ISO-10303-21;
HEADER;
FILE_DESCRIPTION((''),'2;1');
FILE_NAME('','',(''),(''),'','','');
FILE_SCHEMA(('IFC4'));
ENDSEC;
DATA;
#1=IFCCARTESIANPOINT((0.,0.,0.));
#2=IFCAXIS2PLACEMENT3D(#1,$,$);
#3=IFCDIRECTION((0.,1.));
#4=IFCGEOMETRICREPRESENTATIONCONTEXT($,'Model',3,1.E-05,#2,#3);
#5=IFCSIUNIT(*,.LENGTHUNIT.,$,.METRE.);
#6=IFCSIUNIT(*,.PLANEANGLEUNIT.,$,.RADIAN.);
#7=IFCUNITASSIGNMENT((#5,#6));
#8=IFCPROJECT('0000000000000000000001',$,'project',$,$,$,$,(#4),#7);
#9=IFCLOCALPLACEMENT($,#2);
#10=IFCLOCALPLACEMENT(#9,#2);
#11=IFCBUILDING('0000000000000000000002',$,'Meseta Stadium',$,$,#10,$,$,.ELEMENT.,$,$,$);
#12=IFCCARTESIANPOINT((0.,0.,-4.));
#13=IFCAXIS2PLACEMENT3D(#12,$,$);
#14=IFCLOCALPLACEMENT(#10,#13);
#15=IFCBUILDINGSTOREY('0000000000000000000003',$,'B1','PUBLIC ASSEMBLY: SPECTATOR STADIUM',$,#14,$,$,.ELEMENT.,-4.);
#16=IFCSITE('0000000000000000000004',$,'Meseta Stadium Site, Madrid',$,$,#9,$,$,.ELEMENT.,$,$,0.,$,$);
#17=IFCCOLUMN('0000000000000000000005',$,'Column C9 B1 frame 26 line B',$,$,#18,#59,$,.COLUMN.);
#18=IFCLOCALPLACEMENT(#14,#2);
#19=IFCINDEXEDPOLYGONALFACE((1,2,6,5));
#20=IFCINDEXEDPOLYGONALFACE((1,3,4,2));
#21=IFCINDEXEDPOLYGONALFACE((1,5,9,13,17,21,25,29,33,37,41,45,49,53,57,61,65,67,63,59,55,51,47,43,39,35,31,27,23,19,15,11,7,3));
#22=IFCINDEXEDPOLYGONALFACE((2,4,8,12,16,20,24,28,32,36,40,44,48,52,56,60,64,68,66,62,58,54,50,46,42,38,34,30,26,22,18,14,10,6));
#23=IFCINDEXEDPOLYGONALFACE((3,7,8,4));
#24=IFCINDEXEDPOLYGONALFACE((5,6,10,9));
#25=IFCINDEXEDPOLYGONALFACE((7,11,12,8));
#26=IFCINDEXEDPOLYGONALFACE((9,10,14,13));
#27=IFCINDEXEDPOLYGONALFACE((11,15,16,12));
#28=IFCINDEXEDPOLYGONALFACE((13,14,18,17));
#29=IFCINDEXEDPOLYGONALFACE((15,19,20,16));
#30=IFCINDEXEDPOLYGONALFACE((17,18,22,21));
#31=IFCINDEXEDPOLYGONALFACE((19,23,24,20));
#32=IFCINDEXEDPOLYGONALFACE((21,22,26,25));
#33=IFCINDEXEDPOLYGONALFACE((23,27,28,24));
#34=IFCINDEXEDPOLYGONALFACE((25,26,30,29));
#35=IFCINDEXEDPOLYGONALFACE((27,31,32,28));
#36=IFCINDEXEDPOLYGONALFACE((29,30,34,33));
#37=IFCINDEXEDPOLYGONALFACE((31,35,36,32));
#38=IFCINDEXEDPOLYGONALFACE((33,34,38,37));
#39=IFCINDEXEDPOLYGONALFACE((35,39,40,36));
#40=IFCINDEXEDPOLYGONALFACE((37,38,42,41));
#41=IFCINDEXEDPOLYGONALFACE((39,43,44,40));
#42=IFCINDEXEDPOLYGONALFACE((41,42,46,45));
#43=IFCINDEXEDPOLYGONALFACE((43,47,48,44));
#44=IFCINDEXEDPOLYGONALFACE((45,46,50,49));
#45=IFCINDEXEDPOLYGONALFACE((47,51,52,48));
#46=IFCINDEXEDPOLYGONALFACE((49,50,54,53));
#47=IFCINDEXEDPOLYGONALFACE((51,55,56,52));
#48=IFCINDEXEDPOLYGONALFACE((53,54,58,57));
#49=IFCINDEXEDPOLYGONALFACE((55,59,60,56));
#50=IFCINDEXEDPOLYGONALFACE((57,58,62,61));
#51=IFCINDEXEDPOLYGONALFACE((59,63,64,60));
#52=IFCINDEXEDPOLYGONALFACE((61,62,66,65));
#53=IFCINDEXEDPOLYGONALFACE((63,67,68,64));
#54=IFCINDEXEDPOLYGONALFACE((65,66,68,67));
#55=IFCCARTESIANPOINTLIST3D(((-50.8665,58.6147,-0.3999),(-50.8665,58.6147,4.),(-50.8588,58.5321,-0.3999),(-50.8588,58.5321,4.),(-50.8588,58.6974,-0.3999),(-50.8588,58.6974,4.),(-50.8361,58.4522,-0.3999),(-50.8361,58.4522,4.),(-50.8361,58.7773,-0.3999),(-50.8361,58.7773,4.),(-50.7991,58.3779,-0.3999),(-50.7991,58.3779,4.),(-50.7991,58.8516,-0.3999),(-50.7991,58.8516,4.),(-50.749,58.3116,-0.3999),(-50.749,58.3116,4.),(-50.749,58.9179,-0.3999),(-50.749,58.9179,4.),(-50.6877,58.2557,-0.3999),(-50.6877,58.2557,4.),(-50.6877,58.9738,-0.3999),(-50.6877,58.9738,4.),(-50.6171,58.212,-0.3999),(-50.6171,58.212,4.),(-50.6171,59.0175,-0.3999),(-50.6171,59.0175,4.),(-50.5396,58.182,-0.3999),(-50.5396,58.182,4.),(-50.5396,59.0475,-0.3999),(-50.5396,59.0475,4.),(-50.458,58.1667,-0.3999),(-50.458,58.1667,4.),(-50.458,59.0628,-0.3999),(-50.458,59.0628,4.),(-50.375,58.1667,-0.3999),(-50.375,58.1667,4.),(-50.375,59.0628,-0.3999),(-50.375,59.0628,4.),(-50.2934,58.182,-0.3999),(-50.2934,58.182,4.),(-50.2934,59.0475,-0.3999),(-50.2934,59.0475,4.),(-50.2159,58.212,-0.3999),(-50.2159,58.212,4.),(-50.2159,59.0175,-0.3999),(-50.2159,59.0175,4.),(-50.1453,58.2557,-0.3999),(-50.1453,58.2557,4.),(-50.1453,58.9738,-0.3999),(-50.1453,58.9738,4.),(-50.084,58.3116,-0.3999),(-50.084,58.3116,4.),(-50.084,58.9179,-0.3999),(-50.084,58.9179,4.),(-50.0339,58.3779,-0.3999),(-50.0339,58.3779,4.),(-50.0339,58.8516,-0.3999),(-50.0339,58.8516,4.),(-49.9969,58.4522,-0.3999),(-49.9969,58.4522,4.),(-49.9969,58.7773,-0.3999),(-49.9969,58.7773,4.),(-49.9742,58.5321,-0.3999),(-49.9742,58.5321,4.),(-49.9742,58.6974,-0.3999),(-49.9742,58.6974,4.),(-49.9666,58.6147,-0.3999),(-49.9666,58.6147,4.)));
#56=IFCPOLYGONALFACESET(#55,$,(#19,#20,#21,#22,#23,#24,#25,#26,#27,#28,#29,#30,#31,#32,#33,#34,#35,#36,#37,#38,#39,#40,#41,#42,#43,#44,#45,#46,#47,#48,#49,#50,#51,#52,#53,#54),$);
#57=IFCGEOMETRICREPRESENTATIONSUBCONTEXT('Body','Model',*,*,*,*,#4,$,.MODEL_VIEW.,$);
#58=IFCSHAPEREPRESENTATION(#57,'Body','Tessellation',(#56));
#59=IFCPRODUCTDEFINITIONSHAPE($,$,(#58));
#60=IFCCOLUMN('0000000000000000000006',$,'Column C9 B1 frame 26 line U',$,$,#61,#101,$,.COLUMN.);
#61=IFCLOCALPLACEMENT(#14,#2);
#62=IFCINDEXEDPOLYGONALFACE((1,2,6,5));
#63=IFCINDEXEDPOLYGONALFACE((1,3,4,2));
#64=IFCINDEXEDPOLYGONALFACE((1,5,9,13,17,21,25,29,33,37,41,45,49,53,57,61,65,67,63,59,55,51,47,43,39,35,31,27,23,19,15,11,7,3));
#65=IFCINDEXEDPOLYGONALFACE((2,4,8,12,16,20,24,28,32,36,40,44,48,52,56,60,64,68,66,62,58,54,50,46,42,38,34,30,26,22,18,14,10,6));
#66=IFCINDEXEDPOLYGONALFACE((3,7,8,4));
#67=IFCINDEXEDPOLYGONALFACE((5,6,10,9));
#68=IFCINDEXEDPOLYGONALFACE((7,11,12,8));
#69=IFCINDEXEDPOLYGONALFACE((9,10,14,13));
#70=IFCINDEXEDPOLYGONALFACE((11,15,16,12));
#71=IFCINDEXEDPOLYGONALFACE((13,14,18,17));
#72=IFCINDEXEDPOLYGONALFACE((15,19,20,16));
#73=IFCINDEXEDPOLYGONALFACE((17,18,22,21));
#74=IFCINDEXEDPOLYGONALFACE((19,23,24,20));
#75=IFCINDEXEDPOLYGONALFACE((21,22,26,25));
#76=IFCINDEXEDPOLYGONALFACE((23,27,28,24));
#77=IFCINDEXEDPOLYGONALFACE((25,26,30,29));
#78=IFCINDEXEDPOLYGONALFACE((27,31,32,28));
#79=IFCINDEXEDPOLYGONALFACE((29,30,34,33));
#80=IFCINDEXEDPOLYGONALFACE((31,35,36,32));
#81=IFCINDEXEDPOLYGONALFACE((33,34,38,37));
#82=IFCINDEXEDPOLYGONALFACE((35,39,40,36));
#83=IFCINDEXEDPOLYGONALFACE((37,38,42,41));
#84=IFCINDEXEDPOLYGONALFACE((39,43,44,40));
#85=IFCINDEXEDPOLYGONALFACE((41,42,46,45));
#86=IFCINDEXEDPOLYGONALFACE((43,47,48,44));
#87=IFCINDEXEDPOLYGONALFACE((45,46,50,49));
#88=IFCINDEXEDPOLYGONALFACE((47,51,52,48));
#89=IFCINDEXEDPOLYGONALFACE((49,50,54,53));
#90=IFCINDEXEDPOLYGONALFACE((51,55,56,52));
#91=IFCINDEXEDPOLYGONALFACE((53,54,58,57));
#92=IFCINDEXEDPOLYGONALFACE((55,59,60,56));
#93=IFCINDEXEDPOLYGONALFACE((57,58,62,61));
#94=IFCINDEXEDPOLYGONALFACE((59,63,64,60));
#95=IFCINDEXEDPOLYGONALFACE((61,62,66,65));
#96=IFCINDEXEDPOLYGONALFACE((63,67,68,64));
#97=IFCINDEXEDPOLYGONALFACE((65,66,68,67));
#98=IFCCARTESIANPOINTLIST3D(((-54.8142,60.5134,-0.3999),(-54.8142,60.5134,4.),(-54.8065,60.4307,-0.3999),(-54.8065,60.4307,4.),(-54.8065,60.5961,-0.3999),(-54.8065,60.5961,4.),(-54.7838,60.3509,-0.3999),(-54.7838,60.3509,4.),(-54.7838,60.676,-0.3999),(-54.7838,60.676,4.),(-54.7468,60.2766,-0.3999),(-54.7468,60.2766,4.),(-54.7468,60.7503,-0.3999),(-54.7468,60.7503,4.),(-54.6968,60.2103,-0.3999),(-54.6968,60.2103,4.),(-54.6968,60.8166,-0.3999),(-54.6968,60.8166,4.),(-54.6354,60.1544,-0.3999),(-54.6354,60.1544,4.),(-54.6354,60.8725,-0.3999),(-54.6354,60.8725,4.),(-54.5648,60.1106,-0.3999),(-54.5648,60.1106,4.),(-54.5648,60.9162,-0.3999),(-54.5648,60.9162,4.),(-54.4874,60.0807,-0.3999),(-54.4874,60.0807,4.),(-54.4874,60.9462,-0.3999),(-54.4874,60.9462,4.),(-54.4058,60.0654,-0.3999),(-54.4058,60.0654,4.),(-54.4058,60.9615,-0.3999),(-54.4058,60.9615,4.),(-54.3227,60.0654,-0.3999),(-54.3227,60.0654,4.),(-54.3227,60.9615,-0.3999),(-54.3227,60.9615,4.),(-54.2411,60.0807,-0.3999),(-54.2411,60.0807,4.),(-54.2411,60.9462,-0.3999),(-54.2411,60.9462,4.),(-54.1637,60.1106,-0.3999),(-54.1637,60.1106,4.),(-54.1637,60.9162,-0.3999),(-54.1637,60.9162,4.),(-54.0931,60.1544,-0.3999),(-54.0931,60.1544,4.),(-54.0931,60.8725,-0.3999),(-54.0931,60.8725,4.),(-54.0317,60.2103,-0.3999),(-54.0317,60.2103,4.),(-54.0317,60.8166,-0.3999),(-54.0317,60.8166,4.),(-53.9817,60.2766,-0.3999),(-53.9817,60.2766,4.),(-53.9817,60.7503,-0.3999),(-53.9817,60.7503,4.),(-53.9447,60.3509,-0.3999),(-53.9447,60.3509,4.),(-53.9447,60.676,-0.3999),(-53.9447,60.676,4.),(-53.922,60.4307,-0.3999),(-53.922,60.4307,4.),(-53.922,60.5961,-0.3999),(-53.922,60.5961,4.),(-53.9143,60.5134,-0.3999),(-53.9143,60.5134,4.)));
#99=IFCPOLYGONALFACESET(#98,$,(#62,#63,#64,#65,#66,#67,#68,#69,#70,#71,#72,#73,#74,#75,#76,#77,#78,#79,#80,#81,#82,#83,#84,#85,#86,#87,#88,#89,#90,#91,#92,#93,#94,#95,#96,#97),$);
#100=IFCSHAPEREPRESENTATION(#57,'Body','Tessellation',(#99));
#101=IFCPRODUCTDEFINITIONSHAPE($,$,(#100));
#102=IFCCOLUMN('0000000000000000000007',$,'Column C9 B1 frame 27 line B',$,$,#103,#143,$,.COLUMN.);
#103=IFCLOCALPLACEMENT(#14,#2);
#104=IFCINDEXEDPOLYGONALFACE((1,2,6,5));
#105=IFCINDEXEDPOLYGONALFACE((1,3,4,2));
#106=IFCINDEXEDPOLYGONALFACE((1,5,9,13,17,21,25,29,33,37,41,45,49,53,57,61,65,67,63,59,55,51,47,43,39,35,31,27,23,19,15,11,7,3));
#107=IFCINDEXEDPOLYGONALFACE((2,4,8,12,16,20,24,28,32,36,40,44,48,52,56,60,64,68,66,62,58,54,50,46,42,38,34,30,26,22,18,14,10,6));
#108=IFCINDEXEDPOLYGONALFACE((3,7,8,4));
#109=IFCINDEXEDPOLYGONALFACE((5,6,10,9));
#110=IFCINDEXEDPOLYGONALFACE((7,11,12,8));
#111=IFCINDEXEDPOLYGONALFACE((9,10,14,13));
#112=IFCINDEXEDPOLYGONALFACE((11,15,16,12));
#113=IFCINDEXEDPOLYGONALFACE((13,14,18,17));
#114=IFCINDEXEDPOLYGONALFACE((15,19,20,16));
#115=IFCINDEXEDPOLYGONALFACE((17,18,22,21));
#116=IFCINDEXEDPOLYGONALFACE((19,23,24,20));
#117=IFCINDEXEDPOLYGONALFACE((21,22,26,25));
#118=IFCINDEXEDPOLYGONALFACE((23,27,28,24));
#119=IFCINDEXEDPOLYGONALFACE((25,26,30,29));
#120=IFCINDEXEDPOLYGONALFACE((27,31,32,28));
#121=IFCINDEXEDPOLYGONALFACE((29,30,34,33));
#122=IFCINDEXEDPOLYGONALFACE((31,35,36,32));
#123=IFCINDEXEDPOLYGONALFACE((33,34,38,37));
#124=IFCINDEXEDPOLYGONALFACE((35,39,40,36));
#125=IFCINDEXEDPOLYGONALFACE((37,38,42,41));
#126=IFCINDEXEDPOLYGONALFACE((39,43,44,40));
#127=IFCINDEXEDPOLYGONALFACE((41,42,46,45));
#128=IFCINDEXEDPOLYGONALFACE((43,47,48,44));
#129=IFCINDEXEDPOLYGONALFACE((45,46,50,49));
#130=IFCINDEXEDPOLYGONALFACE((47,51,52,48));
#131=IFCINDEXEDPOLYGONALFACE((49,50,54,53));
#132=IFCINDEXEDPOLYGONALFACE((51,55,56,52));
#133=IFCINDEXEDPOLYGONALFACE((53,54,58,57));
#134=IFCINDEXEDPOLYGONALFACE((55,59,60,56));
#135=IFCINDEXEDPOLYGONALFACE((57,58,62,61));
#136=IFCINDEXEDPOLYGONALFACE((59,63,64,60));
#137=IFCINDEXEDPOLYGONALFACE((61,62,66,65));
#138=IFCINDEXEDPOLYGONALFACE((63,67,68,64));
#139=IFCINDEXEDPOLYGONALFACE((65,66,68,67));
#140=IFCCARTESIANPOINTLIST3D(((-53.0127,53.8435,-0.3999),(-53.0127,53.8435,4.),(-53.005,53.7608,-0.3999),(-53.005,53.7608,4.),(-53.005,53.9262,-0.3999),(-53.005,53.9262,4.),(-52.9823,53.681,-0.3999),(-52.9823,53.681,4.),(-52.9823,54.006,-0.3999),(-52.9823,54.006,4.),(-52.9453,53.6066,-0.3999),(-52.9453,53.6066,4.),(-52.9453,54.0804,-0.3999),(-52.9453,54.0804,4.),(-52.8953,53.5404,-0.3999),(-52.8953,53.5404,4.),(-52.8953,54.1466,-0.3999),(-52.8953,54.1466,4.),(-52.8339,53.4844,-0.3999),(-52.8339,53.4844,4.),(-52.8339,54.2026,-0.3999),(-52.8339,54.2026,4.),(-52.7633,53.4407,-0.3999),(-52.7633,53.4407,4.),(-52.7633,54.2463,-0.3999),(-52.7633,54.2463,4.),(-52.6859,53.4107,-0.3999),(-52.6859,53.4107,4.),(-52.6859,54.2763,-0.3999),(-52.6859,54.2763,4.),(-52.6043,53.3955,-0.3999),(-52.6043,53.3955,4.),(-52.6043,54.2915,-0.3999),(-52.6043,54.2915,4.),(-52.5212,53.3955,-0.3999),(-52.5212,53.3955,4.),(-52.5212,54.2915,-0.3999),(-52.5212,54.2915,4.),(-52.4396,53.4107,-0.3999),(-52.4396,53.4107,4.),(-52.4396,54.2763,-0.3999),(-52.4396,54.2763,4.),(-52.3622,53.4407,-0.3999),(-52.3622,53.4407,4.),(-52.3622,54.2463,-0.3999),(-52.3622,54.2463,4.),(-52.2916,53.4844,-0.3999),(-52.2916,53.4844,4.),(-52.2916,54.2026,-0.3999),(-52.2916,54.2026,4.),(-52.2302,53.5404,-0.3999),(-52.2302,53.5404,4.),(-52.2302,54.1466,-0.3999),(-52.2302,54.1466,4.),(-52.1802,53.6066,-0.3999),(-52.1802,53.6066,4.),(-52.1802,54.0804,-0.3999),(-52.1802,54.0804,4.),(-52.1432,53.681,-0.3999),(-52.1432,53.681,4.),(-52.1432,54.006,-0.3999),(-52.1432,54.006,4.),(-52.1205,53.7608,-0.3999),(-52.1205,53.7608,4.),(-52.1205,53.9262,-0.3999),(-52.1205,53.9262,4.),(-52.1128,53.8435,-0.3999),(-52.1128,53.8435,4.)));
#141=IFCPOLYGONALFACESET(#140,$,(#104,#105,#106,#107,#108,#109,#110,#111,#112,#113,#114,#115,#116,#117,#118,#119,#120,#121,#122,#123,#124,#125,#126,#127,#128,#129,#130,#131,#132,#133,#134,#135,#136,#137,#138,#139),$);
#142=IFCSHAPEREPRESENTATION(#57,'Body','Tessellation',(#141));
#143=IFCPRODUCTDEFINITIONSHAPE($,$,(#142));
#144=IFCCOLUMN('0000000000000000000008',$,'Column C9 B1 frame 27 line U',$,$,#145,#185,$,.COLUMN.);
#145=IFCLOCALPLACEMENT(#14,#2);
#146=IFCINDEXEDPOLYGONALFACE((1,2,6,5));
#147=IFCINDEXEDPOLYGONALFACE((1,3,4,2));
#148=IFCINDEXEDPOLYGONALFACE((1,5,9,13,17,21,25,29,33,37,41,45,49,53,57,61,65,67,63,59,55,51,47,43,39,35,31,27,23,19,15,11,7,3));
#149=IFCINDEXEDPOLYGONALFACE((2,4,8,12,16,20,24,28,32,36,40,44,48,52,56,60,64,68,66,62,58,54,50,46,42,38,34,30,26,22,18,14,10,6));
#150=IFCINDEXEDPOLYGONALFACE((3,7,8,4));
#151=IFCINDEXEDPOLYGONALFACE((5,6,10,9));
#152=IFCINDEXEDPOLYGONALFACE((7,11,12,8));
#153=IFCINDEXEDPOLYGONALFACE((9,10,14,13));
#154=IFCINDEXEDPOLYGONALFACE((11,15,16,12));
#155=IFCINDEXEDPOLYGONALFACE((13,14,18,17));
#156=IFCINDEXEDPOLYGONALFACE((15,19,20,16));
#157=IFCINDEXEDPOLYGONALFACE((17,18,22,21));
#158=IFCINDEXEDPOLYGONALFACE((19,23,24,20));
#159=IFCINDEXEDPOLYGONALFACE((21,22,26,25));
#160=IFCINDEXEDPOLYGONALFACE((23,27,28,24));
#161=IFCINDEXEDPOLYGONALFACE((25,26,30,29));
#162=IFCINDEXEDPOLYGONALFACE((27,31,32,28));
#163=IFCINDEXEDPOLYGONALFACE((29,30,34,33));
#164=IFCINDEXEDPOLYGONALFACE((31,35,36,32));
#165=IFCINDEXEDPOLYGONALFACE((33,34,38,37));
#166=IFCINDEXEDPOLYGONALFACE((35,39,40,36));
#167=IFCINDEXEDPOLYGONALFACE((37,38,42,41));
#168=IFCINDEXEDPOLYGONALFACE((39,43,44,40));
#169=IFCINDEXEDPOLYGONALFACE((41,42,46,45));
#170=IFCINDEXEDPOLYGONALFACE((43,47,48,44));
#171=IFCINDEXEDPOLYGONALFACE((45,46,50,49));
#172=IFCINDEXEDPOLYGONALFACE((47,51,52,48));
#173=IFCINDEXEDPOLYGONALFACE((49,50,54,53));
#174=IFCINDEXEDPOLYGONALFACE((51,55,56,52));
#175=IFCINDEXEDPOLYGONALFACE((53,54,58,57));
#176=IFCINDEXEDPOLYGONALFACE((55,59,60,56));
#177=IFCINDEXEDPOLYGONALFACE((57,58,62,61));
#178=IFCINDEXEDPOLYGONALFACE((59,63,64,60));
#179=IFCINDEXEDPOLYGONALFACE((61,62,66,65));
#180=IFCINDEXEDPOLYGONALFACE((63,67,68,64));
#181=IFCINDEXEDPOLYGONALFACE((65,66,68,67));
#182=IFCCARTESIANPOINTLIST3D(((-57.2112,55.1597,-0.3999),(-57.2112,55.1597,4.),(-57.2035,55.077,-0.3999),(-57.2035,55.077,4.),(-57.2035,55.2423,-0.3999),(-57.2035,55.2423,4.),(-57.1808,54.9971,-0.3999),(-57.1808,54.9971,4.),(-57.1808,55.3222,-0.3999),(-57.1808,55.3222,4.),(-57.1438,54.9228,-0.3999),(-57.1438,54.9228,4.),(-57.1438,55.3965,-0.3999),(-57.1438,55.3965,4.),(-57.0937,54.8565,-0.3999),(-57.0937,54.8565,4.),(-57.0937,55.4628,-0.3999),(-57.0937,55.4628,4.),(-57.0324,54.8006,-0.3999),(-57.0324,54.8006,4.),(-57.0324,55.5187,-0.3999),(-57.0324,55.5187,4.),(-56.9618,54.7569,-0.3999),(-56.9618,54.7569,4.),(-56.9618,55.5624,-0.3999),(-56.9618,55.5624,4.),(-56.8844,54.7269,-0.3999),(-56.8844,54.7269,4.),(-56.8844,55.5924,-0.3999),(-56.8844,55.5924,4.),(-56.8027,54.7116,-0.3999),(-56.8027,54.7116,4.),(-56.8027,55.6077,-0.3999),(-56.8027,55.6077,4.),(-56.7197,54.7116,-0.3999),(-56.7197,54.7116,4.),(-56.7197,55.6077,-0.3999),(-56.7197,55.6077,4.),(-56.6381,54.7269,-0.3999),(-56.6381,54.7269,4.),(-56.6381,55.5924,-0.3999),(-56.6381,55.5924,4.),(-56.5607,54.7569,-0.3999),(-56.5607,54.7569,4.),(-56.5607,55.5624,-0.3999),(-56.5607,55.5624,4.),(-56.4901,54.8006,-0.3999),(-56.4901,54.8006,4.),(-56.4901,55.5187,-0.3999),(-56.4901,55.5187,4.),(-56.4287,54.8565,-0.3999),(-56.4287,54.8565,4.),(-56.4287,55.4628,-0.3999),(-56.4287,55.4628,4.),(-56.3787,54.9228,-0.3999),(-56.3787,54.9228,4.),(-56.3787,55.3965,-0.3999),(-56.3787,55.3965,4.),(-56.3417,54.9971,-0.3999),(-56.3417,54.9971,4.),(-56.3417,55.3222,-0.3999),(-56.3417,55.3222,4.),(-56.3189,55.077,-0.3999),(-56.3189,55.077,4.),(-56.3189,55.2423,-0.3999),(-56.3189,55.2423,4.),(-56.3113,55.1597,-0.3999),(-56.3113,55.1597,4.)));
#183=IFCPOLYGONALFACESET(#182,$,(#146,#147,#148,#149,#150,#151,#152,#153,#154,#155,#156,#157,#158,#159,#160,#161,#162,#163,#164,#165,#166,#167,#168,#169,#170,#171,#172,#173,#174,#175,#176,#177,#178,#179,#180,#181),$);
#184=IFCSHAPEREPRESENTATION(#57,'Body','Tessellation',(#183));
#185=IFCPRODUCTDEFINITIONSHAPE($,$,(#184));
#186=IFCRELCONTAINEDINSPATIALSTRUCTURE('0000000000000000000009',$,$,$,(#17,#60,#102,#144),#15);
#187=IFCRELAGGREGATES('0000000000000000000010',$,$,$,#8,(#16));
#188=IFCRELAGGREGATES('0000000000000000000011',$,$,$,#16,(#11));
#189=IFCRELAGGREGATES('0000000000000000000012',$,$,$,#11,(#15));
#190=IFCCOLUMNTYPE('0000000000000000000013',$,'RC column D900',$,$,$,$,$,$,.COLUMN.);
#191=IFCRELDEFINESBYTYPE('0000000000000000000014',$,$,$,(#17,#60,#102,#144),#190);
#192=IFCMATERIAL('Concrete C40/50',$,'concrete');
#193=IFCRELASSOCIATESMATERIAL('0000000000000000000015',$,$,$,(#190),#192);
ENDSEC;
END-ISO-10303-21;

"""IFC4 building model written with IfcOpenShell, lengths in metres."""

from ifc_helpers import new_model, si_unit, direction, frame, origin, origin_2d, place, context, subcontext, project, spatial, circle, extrude, material, material_profile, profile_set, type_object, element, save


model = new_model("IFC4")

# Units and contexts
model_context = context("Model", 3, precision=1e-05, world=origin(), true_north=direction((0.0, 1.0)))
body_context = subcontext(model_context, "Body", "Model", "MODEL_VIEW")
ifc_project = project(units=[si_unit("LENGTHUNIT", "METRE"), si_unit("PLANEANGLEUNIT", "RADIAN")], contexts=[model_context])

# Site, building, storey
site_placement = place(None, origin())
site = spatial("IfcSite", under=ifc_project, at=site_placement, Name="Meseta Stadium Site, Madrid", CompositionType="ELEMENT", RefElevation=0.0)
building_placement = place(site_placement, origin())
building = spatial("IfcBuilding", under=site, at=building_placement, Name="Meseta Stadium", CompositionType="ELEMENT")
storey_placement = place(building_placement, frame((0.0, 0.0, -4.0)))
storey = spatial("IfcBuildingStorey", under=building, at=storey_placement, Name="B1", Description="PUBLIC ASSEMBLY: SPECTATOR STADIUM", CompositionType="ELEMENT", Elevation=-4.0)

# Columns
ifc_material_1 = material(Name="Concrete C40/50", Category="concrete")
ifc_material_profile_1 = material_profile(ifc_material_1, circle(Radius=0.45, at=origin_2d()), Name="RC D900")
ifc_profile_set_1 = profile_set([ifc_material_profile_1], Name="Concrete C40/50")
column_type_1 = type_object("IfcColumnType", Name="RC column D900", PredefinedType="COLUMN", material=ifc_profile_set_1)
for number, where, z_axis, x_axis, name in (
    (1, (-50.4165, 58.6147, -0.3999), (0.0, 0.0, 1.0), (1.0, 0.0, 0.0), "Column C9 B1 frame 26 line B"),
    (2, (-54.3643, 60.5134, -0.3999), (0.0, 0.0, 1.0), (1.0, 0.0, 0.0), "Column C9 B1 frame 26 line U"),
    (3, (-52.5627, 53.8435, -0.3999), (0.0, 0.0, 1.0), (1.0, 0.0, 0.0), "Column C9 B1 frame 27 line B"),
    (4, (-56.7612, 55.1597, -0.3999), (0.0, 0.0, 1.0), (1.0, 0.0, 0.0), "Column C9 B1 frame 27 line U"),
):
    element("IfcColumn", number, at=place(storey_placement, frame(where, z_axis=z_axis, x_axis=x_axis)), inside=storey, type_object=column_type_1, Name=name, PredefinedType="COLUMN", context=body_context, shape_type="SweptSolid", body=[
        extrude(circle(Radius=0.45, at=origin_2d()), origin(), (0.0, 0.0, 1.0), 4.3999),
    ])

save(model, "model.ifc")
